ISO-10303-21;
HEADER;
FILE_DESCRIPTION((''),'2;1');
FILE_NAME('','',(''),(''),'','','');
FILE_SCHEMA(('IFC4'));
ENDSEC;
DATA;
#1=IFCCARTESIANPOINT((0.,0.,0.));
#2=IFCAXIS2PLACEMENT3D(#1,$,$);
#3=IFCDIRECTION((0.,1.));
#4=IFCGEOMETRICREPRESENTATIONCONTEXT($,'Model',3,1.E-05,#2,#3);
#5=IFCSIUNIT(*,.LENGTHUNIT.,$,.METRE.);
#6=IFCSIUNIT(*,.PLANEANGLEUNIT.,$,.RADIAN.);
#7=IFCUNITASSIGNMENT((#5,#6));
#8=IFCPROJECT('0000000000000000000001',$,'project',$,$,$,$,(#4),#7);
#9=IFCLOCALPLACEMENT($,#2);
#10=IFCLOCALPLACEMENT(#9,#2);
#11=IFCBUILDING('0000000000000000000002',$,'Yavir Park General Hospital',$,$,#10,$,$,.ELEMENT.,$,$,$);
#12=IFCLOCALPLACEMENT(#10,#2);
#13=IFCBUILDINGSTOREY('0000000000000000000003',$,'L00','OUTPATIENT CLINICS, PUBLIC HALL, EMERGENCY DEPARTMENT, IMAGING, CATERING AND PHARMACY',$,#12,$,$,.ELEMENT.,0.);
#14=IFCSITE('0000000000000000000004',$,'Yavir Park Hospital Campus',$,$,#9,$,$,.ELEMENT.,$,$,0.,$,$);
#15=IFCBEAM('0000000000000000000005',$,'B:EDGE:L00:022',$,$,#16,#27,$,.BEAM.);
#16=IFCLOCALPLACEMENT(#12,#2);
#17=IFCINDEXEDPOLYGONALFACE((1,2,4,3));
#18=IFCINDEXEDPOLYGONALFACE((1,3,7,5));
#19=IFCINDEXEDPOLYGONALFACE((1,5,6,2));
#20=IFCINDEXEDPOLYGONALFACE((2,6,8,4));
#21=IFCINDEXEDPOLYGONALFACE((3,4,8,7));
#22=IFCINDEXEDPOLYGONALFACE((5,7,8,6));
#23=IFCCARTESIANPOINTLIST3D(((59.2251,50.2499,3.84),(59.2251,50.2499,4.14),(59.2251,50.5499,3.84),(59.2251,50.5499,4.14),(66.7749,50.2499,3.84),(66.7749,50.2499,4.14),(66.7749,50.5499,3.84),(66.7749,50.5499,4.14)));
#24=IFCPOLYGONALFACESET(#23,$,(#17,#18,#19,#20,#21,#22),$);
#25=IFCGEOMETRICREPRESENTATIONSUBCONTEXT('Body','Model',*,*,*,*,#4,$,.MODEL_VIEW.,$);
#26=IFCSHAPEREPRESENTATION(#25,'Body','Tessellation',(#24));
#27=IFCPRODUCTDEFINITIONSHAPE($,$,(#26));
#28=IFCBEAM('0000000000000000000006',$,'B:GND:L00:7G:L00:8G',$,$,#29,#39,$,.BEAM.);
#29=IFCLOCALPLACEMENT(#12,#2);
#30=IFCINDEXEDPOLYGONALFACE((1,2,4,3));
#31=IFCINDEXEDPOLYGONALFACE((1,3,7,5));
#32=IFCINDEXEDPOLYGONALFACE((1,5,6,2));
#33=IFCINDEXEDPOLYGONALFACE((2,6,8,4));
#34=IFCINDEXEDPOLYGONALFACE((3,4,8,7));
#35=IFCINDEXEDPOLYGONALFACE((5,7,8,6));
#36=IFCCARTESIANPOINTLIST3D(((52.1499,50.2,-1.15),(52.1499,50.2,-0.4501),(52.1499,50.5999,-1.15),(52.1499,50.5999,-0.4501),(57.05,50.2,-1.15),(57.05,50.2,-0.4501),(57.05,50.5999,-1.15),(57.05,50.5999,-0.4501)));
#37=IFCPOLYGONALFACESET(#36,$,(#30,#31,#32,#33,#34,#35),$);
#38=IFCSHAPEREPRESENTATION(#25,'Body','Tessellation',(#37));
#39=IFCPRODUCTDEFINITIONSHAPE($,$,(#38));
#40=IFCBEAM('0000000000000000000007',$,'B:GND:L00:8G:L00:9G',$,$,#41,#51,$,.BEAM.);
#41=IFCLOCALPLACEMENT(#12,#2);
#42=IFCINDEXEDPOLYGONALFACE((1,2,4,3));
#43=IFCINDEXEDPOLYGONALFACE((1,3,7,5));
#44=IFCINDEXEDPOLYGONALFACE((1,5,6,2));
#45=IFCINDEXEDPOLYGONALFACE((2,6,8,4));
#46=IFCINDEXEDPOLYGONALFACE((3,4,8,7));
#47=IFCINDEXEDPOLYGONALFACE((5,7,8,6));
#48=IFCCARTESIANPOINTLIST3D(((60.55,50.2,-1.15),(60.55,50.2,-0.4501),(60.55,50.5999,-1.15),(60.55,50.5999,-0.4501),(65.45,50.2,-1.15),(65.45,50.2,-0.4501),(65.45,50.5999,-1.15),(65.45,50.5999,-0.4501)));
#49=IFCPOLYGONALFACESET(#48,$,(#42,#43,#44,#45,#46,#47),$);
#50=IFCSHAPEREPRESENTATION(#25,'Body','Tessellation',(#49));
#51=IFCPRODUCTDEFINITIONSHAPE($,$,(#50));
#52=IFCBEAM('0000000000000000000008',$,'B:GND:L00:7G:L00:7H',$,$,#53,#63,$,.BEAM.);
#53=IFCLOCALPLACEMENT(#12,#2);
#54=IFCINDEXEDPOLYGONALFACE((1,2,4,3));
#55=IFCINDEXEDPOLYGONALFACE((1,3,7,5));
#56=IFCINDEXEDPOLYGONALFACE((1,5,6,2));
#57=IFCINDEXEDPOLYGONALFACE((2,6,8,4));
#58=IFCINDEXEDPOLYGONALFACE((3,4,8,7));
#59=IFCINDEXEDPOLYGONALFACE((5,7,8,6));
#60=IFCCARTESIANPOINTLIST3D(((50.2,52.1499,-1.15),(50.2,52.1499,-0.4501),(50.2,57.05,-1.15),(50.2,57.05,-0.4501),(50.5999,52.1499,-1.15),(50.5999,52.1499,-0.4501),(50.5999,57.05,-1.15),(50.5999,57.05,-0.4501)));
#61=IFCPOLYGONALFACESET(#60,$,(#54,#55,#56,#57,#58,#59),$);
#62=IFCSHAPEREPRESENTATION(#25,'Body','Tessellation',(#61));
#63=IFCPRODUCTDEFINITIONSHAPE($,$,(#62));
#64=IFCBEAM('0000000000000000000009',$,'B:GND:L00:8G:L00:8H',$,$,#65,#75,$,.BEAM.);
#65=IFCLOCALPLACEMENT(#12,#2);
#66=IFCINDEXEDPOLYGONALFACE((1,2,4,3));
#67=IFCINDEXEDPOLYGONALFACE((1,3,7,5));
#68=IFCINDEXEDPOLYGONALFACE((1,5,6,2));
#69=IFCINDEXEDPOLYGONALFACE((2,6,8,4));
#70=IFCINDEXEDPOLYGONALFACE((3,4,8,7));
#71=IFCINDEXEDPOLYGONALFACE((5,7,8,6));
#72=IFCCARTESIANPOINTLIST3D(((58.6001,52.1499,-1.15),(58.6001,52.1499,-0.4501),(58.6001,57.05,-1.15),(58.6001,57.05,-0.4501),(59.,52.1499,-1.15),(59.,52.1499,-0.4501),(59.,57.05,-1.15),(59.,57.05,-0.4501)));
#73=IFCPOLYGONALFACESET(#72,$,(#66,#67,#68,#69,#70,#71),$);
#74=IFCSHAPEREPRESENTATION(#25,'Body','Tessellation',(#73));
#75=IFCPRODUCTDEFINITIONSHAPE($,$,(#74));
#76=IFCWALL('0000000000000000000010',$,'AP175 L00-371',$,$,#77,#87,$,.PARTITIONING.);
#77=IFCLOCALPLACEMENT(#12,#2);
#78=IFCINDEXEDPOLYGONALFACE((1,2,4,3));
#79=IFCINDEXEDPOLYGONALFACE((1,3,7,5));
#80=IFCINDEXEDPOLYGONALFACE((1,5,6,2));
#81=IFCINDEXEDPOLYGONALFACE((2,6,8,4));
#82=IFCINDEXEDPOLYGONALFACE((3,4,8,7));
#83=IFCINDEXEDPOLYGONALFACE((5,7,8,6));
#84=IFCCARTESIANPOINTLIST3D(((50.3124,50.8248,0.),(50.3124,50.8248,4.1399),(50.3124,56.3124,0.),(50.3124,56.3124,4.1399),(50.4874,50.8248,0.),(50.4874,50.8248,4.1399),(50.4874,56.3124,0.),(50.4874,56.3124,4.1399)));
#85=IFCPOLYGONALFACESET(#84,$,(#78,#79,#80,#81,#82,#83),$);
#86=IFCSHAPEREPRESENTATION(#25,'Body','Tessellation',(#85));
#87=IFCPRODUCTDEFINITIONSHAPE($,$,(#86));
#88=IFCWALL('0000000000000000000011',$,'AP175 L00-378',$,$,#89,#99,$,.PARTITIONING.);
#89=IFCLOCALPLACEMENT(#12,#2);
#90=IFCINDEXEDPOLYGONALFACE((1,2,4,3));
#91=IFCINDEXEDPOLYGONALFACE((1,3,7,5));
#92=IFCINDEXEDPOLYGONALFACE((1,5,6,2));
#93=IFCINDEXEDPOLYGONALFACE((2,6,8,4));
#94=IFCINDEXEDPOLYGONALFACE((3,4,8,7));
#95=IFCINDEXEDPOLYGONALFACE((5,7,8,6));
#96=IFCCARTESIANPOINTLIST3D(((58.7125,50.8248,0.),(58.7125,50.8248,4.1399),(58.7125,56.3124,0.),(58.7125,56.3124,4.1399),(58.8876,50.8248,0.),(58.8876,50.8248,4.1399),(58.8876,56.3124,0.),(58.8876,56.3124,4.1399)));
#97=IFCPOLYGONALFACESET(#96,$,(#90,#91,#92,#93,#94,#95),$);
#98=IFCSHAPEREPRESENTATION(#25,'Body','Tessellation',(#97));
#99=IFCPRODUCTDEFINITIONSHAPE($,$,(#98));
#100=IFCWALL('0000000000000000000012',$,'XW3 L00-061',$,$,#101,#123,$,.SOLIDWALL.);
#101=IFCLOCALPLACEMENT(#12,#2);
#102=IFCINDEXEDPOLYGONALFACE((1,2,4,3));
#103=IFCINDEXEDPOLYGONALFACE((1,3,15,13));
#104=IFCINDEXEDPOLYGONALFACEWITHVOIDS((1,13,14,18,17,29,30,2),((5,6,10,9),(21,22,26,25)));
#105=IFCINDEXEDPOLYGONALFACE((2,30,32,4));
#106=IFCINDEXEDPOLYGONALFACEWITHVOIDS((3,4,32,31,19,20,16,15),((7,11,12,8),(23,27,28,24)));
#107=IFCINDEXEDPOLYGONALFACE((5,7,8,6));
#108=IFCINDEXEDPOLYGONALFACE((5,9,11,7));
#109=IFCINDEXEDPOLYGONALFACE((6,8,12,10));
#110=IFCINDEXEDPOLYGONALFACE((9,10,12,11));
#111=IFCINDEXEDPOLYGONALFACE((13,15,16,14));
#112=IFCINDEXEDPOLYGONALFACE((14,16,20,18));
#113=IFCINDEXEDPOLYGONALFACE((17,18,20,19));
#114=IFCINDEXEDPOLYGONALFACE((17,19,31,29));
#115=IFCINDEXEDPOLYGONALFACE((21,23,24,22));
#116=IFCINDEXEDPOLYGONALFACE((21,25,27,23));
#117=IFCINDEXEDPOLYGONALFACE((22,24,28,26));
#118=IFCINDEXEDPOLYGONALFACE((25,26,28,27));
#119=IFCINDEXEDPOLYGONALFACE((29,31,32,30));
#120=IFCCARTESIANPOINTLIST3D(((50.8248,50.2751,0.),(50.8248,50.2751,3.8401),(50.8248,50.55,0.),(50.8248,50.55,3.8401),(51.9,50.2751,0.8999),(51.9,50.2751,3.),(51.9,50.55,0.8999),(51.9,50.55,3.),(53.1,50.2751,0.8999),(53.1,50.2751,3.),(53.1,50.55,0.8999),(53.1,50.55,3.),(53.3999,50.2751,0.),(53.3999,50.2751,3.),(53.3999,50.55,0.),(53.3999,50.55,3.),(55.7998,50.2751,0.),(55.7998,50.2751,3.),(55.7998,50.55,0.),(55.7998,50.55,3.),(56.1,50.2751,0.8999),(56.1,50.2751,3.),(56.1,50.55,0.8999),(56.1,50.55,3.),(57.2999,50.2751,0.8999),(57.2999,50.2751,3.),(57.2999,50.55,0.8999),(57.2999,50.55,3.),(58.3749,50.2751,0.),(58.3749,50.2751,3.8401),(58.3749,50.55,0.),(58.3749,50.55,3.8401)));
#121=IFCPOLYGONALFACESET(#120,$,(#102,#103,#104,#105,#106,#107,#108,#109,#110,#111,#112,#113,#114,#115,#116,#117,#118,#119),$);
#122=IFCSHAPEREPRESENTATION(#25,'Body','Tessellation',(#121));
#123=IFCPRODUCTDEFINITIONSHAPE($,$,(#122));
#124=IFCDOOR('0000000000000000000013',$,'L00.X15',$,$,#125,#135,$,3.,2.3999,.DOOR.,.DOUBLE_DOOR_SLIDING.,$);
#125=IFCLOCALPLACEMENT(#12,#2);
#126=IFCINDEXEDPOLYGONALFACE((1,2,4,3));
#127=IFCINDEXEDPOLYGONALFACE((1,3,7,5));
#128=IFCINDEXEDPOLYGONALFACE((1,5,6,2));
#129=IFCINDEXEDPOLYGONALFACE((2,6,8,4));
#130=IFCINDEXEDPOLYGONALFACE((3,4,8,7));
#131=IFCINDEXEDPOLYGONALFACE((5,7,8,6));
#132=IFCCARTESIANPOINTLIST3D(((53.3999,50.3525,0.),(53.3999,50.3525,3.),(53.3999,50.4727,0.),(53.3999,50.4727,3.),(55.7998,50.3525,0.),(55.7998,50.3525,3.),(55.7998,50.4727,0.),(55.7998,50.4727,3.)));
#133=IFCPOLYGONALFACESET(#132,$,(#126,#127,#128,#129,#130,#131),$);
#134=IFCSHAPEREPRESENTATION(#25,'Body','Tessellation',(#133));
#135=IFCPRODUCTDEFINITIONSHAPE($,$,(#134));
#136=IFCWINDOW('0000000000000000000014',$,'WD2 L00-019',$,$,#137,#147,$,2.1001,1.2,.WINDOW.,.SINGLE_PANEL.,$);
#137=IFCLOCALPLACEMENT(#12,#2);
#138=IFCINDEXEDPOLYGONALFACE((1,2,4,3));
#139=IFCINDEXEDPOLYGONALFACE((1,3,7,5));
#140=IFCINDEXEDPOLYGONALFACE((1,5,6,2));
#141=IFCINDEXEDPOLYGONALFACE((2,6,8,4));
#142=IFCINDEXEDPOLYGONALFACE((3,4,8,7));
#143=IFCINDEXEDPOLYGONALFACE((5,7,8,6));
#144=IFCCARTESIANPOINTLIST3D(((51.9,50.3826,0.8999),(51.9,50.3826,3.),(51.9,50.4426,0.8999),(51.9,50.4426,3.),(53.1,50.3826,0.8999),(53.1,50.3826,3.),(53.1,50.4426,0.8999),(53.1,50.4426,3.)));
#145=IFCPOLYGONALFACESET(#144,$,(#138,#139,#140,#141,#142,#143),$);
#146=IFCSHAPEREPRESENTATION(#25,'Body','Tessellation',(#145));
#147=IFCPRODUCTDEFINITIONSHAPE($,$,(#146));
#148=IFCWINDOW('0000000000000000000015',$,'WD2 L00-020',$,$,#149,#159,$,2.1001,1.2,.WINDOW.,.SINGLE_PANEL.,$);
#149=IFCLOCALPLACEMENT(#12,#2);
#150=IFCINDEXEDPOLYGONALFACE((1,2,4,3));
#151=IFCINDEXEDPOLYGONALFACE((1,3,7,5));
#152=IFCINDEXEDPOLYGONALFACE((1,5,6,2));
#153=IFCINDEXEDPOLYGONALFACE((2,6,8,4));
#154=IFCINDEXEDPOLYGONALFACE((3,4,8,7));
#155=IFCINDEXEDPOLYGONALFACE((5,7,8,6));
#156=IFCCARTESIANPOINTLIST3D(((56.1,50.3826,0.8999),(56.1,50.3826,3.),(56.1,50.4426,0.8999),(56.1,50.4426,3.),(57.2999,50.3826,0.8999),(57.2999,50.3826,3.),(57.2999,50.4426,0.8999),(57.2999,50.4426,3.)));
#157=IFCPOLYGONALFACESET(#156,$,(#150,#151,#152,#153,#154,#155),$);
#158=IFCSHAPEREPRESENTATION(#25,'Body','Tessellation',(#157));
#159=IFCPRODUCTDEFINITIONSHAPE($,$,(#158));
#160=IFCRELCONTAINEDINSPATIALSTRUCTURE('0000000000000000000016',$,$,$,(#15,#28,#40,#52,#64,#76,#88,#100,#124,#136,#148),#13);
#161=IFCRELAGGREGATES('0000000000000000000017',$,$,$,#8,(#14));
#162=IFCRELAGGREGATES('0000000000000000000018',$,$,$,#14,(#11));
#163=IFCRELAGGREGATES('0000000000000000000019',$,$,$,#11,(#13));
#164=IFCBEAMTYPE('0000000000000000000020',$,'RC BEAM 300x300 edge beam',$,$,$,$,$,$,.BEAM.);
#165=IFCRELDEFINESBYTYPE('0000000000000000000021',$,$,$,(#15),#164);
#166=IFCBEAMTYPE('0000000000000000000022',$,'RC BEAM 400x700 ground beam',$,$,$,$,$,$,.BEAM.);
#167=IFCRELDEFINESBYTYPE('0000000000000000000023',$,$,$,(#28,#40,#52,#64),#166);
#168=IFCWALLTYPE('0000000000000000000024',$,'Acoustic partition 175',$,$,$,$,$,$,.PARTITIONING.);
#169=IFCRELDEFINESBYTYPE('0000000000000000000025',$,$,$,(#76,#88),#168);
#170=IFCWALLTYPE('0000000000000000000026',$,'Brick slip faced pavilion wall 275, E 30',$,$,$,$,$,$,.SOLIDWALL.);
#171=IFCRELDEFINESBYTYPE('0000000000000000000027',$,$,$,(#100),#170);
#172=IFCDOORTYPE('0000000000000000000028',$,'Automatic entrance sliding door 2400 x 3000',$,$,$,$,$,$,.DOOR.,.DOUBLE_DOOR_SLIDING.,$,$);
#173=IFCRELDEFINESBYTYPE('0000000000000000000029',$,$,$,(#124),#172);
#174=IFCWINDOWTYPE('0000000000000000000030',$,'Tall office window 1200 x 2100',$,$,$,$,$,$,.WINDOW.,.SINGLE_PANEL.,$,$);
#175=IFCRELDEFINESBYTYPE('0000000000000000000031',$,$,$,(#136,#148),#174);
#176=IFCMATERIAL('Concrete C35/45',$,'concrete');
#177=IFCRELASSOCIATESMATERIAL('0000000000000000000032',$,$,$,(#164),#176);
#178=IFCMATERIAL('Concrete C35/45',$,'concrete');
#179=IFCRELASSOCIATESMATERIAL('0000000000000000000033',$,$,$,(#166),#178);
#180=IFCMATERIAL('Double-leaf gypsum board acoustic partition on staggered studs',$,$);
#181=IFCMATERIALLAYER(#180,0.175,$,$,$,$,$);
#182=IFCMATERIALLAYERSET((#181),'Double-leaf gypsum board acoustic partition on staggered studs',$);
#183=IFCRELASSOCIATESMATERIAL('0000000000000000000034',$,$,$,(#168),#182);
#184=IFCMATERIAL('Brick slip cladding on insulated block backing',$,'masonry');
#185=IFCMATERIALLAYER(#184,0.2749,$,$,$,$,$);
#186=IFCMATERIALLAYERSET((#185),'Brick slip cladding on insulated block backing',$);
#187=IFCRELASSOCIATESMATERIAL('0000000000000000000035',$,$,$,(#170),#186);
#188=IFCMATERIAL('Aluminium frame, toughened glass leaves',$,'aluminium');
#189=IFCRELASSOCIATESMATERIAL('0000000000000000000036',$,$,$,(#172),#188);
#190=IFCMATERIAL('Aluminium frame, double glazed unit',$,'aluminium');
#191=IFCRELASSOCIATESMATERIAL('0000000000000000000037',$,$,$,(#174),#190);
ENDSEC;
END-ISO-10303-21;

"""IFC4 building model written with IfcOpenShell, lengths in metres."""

from ifc_helpers import new_model, si_unit, direction, frame, frame_2d, origin, origin_2d, place, context, subcontext, project, spatial, rectangle, extrude, material, layer, layer_set, material_profile, profile_set, type_object, element, fill, save


model = new_model("IFC4")

# Units and contexts
model_context = context("Model", 3, precision=1e-05, world=origin(), true_north=direction((0.0, 1.0)))
body_context = subcontext(model_context, "Body", "Model", "MODEL_VIEW")
ifc_project = project(units=[si_unit("LENGTHUNIT", "METRE"), si_unit("PLANEANGLEUNIT", "RADIAN")], contexts=[model_context])

# Site, building, storey
site_placement = place(None, origin())
site = spatial("IfcSite", under=ifc_project, at=site_placement, Name="Yavir Park Hospital Campus", CompositionType="ELEMENT", RefElevation=0.0)
building_placement = place(site_placement, origin())
building = spatial("IfcBuilding", under=site, at=building_placement, Name="Yavir Park General Hospital", CompositionType="ELEMENT")
storey_placement = place(building_placement, origin())
storey = spatial("IfcBuildingStorey", under=building, at=storey_placement, Name="L00", Description="OUTPATIENT CLINICS, PUBLIC HALL, EMERGENCY DEPARTMENT, IMAGING, CATERING AND PHARMACY", CompositionType="ELEMENT", Elevation=0.0)

# Beams
ifc_material_1 = material(Name="Concrete C35/45", Category="concrete")
ifc_material_profile_1 = material_profile(ifc_material_1, rectangle(XDim=0.3, YDim=0.3, at=origin_2d()), Name="RC300x300")
ifc_profile_set_1 = profile_set([ifc_material_profile_1], Name="Concrete C35/45")
beam_type_1 = type_object("IfcBeamType", Name="RC BEAM 300x300 edge beam", PredefinedType="BEAM", material=ifc_profile_set_1)
beam_1_placement = place(storey_placement, frame((59.2251, 50.3999, 3.99), z_axis=(1.0, 0.0, 0.0), x_axis=(0.0, 1.0, 0.0)))
element("IfcBeam", 1, at=beam_1_placement, inside=storey, type_object=beam_type_1, Name="B:EDGE:L00:022", PredefinedType="BEAM", context=body_context, shape_type="SweptSolid", body=[
    extrude(rectangle(XDim=0.3, YDim=0.3, at=origin_2d()), origin(), (0.0, 0.0, 1.0), 7.5498),
])
ifc_material_2 = material(Name="Concrete C35/45", Category="concrete")
ifc_material_profile_2 = material_profile(ifc_material_2, rectangle(XDim=0.3999, YDim=0.7, at=origin_2d()), Name="RC400x700")
ifc_profile_set_2 = profile_set([ifc_material_profile_2], Name="Concrete C35/45")
beam_type_2 = type_object("IfcBeamType", Name="RC BEAM 400x700 ground beam", PredefinedType="BEAM", material=ifc_profile_set_2)
beam_2_placement = place(storey_placement, frame((52.1499, 50.3999, -0.8), z_axis=(1.0, 0.0, 0.0), x_axis=(0.0, 1.0, 0.0)))
element("IfcBeam", 2, at=beam_2_placement, inside=storey, type_object=beam_type_2, Name="B:GND:L00:7G:L00:8G", PredefinedType="BEAM", context=body_context, shape_type="SweptSolid", body=[
    extrude(rectangle(XDim=0.3999, YDim=0.7, at=origin_2d()), origin(), (0.0, 0.0, 1.0), 4.9001),
])
beam_3_placement = place(storey_placement, frame((60.55, 50.3999, -0.8), z_axis=(1.0, 0.0, 0.0), x_axis=(0.0, 1.0, 0.0)))
element("IfcBeam", 3, at=beam_3_placement, inside=storey, type_object=beam_type_2, Name="B:GND:L00:8G:L00:9G", PredefinedType="BEAM", context=body_context, shape_type="SweptSolid", body=[
    extrude(rectangle(XDim=0.3999, YDim=0.7, at=origin_2d()), origin(), (0.0, 0.0, 1.0), 4.8999),
])
for number, where, z_axis, x_axis, name in (
    (4, (50.3999, 52.1499, -0.8), (0.0, 1.0, 0.0), (-1.0, 0.0, 0.0), "B:GND:L00:7G:L00:7H"),
    (5, (58.8, 52.1499, -0.8), (0.0, 1.0, 0.0), (-1.0, 0.0, 0.0), "B:GND:L00:8G:L00:8H"),
):
    element("IfcBeam", number, at=place(storey_placement, frame(where, z_axis=z_axis, x_axis=x_axis)), inside=storey, type_object=beam_type_2, Name=name, PredefinedType="BEAM", context=body_context, shape_type="SweptSolid", body=[
        extrude(rectangle(XDim=0.3999, YDim=0.7, at=origin_2d()), origin(), (0.0, 0.0, 1.0), 4.9001),
    ])

# Walls
ifc_material_3 = material(Name="Double-leaf gypsum board acoustic partition on staggered studs")
ifc_layer_1 = layer(ifc_material_3, 0.175)
ifc_layer_set_1 = layer_set([ifc_layer_1], Name="Double-leaf gypsum board acoustic partition on staggered studs")
wall_type_1 = type_object("IfcWallType", Name="Acoustic partition 175", PredefinedType="PARTITIONING", material=ifc_layer_set_1)
for number, where, z_axis, x_axis, name in (
    (6, (50.3999, 50.825, 0.0), (0.0, 0.0, 1.0), (0.0, 1.0, 0.0), "AP175 L00-371"),
    (7, (58.8, 50.825, 0.0), (0.0, 0.0, 1.0), (0.0, 1.0, 0.0), "AP175 L00-378"),
):
    element("IfcWall", number, at=place(storey_placement, frame(where, z_axis=z_axis, x_axis=x_axis)), inside=storey, type_object=wall_type_1, Name=name, PredefinedType="PARTITIONING", context=body_context, shape_type="SweptSolid", body=[
        extrude(rectangle(XDim=5.4875, YDim=0.175, at=frame_2d((2.7437, 0.0))), origin(), (0.0, 0.0, 1.0), 4.1399),
    ])

# Wall, openings, door, windows
ifc_material_4 = material(Name="Brick slip cladding on insulated block backing", Category="masonry")
ifc_layer_2 = layer(ifc_material_4, 0.2749)
ifc_layer_set_2 = layer_set([ifc_layer_2], Name="Brick slip cladding on insulated block backing")
wall_type_2 = type_object("IfcWallType", Name="Brick slip faced pavilion wall 275, E 30", PredefinedType="SOLIDWALL", material=ifc_layer_set_2)
wall_1_placement = place(storey_placement, frame((50.825, 50.4126, 0.0), z_axis=(0.0, 0.0, 1.0), x_axis=(1.0, 0.0, 0.0)))
wall_1 = element("IfcWall", 8, at=wall_1_placement, inside=storey, type_object=wall_type_2, Name="XW3 L00-061", PredefinedType="SOLIDWALL", context=body_context, shape_type="SweptSolid", body=[
    extrude(rectangle(XDim=7.55, YDim=0.2749, at=frame_2d((3.7749, 0.0))), origin(), (0.0, 0.0, 1.0), 3.8401),
])
opening_1_placement = place(wall_1_placement, frame((1.075, 0.0, 0.8999)))
opening_1 = element("IfcOpeningElement", 9, at=opening_1_placement, cuts=wall_1, PredefinedType="OPENING", context=body_context, shape_type="SweptSolid", body=[
    extrude(rectangle(XDim=1.2, YDim=2.1001, at=frame_2d((0.6001, 1.05))), frame((0.0, 0.1475, 0.0), z_axis=(0.0, -1.0, 0.0), x_axis=(1.0, 0.0, 0.0)), (0.0, 0.0, 1.0), 0.2949),
])
opening_2_placement = place(wall_1_placement, frame((5.2749, 0.0, 0.8999)))
opening_2 = element("IfcOpeningElement", 10, at=opening_2_placement, cuts=wall_1, PredefinedType="OPENING", context=body_context, shape_type="SweptSolid", body=[
    extrude(rectangle(XDim=1.2, YDim=2.1001, at=frame_2d((0.6001, 1.05))), frame((0.0, 0.1475, 0.0), z_axis=(0.0, -1.0, 0.0), x_axis=(1.0, 0.0, 0.0)), (0.0, 0.0, 1.0), 0.2949),
])
opening_3_placement = place(wall_1_placement, frame((2.575, 0.0, 0.0)))
opening_3 = element("IfcOpeningElement", 11, at=opening_3_placement, cuts=wall_1, PredefinedType="OPENING", context=body_context, shape_type="SweptSolid", body=[
    extrude(rectangle(XDim=2.3999, YDim=3.0, at=frame_2d((1.2, 1.5))), frame((0.0, 0.1475, 0.0), z_axis=(0.0, -1.0, 0.0), x_axis=(1.0, 0.0, 0.0)), (0.0, 0.0, 1.0), 0.2949),
])
ifc_material_5 = material(Name="Aluminium frame, toughened glass leaves", Category="aluminium")
door_type = type_object("IfcDoorType", Name="Automatic entrance sliding door 2400 x 3000", OperationType="DOUBLE_DOOR_SLIDING", PredefinedType="DOOR", material=ifc_material_5)
door_placement = place(opening_3_placement, frame((2.3999, 0.0, 0.0), x_axis=(-1.0, 0.0, 0.0)))
door = element("IfcDoor", 12, at=door_placement, inside=storey, type_object=door_type, Name="L00.X15", OperationType="DOUBLE_DOOR_SLIDING", OverallHeight=3.0, OverallWidth=2.3999, PredefinedType="DOOR", context=body_context, shape_type="SweptSolid", body=[
    extrude(rectangle(XDim=2.3999, YDim=3.0, at=frame_2d((1.2, 1.5))), frame((0.0, 0.0601, 0.0), z_axis=(0.0, -1.0, 0.0), x_axis=(1.0, 0.0, 0.0)), (0.0, 0.0, 1.0), 0.1201),
])
fill(opening_3, door)
ifc_material_6 = material(Name="Aluminium frame, double glazed unit", Category="aluminium")
window_type = type_object("IfcWindowType", Name="Tall office window 1200 x 2100", PartitioningType="SINGLE_PANEL", PredefinedType="WINDOW", material=ifc_material_6)
window_1_placement = place(opening_1_placement, origin())
window_1 = element("IfcWindow", 13, at=window_1_placement, inside=storey, type_object=window_type, Name="WD2 L00-019", OverallHeight=2.1001, OverallWidth=1.2, PartitioningType="SINGLE_PANEL", PredefinedType="WINDOW", context=body_context, shape_type="SweptSolid", body=[
    extrude(rectangle(XDim=1.2, YDim=2.1001, at=frame_2d((0.6001, 1.05))), frame((0.0, 0.03, 0.0), z_axis=(0.0, -1.0, 0.0), x_axis=(1.0, 0.0, 0.0)), (0.0, 0.0, 1.0), 0.0601),
])
fill(opening_1, window_1)
window_2_placement = place(opening_2_placement, origin())
window_2 = element("IfcWindow", 14, at=window_2_placement, inside=storey, type_object=window_type, Name="WD2 L00-020", OverallHeight=2.1001, OverallWidth=1.2, PartitioningType="SINGLE_PANEL", PredefinedType="WINDOW", context=body_context, shape_type="SweptSolid", body=[
    extrude(rectangle(XDim=1.2, YDim=2.1001, at=frame_2d((0.6001, 1.05))), frame((0.0, 0.03, 0.0), z_axis=(0.0, -1.0, 0.0), x_axis=(1.0, 0.0, 0.0)), (0.0, 0.0, 1.0), 0.0601),
])
fill(opening_2, window_2)

save(model, "model.ifc")
